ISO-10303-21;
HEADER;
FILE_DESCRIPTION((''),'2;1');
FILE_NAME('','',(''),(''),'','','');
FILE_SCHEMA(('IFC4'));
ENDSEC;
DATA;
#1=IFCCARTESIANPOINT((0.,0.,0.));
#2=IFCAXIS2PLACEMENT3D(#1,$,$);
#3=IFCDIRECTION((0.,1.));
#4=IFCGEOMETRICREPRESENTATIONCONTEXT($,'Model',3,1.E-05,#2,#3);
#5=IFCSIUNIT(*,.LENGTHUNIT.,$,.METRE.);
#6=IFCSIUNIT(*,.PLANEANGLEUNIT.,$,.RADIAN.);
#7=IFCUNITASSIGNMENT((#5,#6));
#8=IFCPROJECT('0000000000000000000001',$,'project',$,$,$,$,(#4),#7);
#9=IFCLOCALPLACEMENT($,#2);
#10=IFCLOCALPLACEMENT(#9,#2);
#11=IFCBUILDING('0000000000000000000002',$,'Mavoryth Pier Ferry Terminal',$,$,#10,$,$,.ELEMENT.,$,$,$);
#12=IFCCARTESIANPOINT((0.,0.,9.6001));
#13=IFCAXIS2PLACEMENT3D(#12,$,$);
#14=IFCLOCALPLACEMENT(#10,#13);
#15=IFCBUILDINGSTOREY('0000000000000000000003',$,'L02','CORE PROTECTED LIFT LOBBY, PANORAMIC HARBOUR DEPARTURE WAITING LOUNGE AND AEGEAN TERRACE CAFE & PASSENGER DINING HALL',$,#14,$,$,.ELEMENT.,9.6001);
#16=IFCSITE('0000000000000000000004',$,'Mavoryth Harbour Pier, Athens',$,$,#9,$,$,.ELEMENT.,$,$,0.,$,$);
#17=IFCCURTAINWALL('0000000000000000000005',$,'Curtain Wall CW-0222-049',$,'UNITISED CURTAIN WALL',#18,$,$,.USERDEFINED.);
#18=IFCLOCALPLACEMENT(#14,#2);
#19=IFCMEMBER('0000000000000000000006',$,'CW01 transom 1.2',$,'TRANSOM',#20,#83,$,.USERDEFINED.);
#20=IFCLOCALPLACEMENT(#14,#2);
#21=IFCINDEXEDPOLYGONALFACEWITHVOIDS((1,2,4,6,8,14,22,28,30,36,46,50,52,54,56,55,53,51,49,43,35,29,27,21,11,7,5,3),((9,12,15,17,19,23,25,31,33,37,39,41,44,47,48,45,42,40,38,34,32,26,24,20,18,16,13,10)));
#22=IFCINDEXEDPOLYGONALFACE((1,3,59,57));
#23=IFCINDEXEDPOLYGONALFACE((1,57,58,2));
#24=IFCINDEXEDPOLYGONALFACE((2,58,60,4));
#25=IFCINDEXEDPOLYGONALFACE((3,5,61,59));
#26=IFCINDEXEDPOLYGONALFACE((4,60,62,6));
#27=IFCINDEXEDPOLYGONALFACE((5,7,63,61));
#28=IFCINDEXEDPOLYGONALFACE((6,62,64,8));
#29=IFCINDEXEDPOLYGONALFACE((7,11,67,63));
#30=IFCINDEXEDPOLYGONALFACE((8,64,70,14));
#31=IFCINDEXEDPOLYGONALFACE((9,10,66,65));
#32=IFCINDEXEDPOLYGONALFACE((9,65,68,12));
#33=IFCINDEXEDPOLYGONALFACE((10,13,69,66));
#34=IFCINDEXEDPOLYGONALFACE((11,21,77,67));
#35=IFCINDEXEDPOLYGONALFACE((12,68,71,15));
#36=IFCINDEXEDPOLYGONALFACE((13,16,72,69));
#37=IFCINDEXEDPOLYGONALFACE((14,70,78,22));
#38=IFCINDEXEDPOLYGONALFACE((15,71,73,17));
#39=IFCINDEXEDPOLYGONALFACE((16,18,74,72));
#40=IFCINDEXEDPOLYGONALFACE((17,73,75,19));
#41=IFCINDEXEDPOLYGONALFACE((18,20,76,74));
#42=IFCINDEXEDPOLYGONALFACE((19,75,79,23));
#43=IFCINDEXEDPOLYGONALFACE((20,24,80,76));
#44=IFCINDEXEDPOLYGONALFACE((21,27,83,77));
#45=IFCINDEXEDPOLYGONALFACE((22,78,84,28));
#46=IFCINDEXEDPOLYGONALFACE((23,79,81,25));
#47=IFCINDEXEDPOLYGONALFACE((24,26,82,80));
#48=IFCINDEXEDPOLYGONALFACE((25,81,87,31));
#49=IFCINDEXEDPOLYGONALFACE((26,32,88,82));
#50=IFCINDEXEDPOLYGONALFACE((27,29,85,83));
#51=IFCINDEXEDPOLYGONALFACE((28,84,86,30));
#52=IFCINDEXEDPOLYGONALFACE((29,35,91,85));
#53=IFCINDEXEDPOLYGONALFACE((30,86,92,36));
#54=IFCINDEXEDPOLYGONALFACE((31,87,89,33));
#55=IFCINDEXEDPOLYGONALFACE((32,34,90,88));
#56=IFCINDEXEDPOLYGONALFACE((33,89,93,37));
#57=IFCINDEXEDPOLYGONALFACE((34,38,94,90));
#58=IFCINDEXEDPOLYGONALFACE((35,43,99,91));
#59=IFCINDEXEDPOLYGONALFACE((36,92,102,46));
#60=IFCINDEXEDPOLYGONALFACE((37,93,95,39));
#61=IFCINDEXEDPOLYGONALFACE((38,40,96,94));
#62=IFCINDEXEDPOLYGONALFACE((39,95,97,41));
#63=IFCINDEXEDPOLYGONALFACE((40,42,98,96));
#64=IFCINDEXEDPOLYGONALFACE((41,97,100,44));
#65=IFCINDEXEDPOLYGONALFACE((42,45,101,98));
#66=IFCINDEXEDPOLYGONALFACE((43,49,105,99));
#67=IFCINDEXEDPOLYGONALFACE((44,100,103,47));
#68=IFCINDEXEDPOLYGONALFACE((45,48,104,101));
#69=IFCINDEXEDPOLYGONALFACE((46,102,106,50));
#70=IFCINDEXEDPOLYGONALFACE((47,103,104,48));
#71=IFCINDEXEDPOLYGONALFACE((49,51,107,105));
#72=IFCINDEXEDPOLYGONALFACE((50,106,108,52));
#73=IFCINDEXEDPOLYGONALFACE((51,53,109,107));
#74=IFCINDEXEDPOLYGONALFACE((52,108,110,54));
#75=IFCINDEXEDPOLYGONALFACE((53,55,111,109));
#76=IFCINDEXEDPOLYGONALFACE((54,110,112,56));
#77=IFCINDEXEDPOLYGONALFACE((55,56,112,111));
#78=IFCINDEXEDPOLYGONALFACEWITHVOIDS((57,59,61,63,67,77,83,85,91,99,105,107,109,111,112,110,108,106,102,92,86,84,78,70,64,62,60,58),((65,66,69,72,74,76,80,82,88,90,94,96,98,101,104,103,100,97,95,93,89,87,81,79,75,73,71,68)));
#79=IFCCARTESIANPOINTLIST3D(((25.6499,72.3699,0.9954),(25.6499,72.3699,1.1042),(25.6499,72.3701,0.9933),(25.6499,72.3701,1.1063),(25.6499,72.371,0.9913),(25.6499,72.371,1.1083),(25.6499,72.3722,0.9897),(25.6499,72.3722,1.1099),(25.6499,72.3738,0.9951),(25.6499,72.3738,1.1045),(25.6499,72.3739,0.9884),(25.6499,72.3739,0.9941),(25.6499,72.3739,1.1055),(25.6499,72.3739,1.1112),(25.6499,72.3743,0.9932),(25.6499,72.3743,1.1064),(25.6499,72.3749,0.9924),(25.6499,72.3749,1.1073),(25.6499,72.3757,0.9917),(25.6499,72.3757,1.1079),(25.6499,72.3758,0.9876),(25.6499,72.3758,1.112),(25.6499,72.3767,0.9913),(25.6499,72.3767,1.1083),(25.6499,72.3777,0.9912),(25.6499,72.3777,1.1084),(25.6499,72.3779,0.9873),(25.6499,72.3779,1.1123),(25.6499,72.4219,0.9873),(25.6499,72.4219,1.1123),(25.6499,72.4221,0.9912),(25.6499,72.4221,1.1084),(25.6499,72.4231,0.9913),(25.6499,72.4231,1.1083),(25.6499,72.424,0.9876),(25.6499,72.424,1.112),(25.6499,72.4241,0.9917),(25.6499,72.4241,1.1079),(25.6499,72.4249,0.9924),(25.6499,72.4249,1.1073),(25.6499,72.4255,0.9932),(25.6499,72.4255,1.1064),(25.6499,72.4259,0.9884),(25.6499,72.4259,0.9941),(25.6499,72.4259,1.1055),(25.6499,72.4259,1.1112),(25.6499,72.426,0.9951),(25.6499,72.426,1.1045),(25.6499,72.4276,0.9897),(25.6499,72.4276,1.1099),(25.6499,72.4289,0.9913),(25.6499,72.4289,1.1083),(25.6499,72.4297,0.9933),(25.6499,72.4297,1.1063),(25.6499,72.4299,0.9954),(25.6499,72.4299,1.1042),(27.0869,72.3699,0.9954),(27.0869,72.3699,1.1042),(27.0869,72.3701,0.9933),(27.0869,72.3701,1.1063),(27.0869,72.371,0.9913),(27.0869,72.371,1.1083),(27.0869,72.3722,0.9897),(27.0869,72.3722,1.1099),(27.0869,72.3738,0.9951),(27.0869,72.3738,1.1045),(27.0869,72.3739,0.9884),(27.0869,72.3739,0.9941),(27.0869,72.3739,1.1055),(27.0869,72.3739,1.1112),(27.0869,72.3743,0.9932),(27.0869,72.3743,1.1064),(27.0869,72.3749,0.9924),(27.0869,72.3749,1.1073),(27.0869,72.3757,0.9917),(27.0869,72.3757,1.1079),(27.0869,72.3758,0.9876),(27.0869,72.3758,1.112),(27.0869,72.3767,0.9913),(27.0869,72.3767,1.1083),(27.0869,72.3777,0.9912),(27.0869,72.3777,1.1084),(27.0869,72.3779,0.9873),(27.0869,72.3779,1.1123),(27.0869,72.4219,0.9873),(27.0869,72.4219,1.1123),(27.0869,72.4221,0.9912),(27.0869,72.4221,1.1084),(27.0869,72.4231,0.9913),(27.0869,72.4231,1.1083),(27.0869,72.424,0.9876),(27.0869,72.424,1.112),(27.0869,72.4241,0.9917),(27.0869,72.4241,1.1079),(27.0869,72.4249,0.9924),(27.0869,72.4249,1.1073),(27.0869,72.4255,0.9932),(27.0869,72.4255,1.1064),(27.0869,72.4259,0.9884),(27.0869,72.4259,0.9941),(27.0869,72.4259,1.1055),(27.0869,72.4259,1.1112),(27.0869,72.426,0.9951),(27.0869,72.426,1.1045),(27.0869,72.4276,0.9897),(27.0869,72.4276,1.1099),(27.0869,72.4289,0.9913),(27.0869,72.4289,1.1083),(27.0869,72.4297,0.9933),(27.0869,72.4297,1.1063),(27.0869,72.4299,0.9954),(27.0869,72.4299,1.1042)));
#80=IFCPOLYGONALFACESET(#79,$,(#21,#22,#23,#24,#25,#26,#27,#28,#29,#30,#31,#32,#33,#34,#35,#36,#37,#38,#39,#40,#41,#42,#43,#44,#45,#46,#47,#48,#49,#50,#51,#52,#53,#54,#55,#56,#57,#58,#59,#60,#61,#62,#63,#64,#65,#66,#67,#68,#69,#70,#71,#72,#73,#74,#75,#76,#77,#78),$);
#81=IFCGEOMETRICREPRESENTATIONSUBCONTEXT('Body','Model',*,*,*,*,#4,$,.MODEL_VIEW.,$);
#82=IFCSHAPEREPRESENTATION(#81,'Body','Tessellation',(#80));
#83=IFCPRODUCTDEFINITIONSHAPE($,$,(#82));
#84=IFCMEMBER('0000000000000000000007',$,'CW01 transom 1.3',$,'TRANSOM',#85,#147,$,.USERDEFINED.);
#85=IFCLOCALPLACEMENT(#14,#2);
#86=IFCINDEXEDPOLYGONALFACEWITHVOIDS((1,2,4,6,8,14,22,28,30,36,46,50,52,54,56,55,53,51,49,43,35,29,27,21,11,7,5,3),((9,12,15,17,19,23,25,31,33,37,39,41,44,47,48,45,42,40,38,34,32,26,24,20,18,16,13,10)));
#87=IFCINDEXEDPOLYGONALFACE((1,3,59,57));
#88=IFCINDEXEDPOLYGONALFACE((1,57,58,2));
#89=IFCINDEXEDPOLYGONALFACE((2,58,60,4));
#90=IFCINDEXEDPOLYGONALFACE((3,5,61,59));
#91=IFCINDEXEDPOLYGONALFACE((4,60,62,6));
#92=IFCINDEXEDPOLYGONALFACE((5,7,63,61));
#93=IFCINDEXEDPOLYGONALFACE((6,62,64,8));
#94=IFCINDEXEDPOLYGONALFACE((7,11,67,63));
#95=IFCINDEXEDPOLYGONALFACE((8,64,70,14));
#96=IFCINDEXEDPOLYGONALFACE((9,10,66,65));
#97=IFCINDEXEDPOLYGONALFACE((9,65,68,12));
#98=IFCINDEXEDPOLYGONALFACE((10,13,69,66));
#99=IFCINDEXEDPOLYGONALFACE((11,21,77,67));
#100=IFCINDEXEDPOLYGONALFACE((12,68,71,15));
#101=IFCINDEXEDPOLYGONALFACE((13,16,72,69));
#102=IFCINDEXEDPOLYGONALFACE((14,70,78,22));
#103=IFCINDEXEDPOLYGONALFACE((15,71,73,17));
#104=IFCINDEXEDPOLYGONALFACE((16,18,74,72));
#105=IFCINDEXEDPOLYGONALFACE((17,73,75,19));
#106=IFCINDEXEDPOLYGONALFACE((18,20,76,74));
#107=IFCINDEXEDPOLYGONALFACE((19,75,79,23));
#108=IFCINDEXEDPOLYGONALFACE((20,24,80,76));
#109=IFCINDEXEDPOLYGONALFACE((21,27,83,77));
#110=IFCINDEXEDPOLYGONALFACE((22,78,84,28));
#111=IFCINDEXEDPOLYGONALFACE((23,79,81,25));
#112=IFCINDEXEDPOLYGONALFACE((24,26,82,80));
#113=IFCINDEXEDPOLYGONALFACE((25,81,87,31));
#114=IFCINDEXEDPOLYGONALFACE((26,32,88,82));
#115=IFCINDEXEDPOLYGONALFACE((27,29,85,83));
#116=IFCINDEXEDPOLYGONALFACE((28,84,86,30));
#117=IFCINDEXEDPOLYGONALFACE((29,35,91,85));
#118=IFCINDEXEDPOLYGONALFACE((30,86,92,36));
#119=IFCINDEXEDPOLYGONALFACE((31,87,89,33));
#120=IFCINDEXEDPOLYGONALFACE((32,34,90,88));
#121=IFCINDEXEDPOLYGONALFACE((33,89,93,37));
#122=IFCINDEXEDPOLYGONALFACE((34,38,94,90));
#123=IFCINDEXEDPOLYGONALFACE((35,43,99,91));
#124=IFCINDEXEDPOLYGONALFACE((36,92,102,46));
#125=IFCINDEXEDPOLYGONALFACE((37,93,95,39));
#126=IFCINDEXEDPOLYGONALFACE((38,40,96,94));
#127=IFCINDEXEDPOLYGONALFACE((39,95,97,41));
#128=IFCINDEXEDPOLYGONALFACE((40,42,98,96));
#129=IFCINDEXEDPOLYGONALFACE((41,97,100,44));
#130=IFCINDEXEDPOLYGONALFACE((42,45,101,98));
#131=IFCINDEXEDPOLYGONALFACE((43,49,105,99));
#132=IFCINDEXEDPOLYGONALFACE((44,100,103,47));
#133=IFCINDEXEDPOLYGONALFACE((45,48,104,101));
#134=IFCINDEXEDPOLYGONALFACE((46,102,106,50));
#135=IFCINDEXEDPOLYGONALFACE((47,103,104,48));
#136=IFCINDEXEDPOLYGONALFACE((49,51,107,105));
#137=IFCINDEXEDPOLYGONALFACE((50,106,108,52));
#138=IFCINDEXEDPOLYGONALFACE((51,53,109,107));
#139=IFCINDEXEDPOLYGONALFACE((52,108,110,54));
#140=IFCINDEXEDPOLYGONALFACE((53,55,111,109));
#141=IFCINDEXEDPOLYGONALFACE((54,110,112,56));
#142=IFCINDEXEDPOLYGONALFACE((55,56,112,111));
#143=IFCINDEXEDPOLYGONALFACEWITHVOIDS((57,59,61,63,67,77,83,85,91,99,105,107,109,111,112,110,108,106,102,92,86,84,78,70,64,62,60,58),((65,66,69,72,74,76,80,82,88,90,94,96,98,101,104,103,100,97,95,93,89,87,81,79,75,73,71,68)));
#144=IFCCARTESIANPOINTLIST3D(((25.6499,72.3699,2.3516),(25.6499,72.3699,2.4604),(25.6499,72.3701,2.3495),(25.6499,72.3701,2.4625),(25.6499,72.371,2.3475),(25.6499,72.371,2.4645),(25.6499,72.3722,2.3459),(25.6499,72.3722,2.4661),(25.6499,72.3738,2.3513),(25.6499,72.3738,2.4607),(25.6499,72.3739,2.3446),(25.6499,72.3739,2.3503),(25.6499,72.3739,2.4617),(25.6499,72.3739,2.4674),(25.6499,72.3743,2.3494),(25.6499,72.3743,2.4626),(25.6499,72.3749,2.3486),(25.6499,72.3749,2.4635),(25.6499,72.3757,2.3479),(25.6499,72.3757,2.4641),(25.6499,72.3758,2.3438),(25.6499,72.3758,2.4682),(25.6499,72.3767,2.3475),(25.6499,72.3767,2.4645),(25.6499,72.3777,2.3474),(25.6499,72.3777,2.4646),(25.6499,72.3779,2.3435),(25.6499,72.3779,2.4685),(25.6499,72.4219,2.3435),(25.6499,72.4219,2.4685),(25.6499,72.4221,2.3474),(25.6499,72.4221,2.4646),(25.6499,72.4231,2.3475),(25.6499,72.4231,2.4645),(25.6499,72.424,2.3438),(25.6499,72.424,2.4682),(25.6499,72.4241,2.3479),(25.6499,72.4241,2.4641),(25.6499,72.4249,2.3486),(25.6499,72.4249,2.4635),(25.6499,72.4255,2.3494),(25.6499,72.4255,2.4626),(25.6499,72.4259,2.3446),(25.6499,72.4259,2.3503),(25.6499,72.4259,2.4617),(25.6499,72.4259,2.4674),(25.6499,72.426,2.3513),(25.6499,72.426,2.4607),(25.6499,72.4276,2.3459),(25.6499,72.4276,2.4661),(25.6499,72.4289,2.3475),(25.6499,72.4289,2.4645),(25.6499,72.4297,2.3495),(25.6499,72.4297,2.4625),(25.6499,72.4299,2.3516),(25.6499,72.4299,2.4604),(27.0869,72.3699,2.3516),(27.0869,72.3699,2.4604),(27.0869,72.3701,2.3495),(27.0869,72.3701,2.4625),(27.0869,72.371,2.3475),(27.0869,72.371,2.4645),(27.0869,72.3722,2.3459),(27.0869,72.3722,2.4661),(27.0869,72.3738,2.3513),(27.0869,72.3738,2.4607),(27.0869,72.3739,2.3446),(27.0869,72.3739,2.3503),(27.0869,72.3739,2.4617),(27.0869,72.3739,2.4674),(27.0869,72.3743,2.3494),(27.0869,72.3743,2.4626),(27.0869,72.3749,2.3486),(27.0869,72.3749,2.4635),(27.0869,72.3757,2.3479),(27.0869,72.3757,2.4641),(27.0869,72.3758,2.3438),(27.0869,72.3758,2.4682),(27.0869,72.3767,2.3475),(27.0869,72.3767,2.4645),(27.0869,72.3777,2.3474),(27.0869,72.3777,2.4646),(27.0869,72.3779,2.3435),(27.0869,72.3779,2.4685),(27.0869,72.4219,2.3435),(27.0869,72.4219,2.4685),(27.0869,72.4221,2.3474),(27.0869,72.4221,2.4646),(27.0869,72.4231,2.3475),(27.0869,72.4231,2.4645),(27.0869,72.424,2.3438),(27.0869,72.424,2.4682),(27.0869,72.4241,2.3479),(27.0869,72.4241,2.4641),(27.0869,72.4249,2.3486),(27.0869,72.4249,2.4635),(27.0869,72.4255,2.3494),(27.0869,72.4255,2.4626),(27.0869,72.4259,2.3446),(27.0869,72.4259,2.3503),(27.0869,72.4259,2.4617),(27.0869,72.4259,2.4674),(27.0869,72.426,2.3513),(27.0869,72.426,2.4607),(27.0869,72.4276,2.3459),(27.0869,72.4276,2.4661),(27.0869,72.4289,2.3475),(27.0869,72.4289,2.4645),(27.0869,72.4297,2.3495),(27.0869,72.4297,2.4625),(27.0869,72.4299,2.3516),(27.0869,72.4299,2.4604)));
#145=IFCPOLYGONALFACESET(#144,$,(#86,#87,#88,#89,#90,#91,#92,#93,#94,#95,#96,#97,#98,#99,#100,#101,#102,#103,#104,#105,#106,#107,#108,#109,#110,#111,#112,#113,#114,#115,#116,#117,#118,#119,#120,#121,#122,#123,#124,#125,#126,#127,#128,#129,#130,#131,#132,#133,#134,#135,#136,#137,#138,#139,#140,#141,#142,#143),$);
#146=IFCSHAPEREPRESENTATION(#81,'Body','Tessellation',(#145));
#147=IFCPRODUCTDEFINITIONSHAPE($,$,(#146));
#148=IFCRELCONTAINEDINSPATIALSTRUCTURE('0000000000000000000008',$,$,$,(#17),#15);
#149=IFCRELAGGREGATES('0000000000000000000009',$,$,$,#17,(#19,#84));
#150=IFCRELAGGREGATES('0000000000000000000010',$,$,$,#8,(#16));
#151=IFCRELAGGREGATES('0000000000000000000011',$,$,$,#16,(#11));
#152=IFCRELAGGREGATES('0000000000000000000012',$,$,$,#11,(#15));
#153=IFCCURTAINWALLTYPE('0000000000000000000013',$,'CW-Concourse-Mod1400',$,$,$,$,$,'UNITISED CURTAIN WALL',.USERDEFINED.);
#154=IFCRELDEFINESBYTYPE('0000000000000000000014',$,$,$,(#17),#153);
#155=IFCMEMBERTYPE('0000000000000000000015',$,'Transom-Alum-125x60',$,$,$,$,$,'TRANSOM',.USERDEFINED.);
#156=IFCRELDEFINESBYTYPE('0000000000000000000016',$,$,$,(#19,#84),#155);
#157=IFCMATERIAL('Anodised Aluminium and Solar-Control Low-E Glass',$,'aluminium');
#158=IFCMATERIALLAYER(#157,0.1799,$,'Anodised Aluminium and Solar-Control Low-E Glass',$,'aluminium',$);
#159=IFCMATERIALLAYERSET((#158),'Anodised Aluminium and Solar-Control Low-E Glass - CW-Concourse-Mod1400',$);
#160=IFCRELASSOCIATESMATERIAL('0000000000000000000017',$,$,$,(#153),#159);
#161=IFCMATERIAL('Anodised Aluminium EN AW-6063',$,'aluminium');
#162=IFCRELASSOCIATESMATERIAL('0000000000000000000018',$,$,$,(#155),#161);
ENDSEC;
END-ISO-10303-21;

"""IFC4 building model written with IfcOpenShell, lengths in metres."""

from ifc_helpers import new_model, si_unit, direction, frame, origin, origin_2d, place, context, subcontext, project, spatial, hollow_rectangle, extrude, material, layer, layer_set, material_profile, profile_set, type_object, element, aggregate, save


model = new_model("IFC4")

# Units and contexts
model_context = context("Model", 3, precision=1e-05, world=origin(), true_north=direction((0.0, 1.0)))
body_context = subcontext(model_context, "Body", "Model", "MODEL_VIEW")
ifc_project = project(units=[si_unit("LENGTHUNIT", "METRE"), si_unit("PLANEANGLEUNIT", "RADIAN")], contexts=[model_context])

# Site, building, storey
site_placement = place(None, origin())
site = spatial("IfcSite", under=ifc_project, at=site_placement, Name="Mavoryth Harbour Pier, Athens", CompositionType="ELEMENT", RefElevation=0.0)
building_placement = place(site_placement, origin())
building = spatial("IfcBuilding", under=site, at=building_placement, Name="Mavoryth Pier Ferry Terminal", CompositionType="ELEMENT")
storey_placement = place(building_placement, frame((0.0, 0.0, 9.6001)))
storey = spatial("IfcBuildingStorey", under=building, at=storey_placement, Name="L02", Description="CORE PROTECTED LIFT LOBBY, PANORAMIC HARBOUR DEPARTURE WAITING LOUNGE AND AEGEAN TERRACE CAFE & PASSENGER DINING HALL", CompositionType="ELEMENT", Elevation=9.6001)

# Shared definitions
ifc_material_1 = material(Name="Anodised Aluminium and Solar-Control Low-E Glass", Category="aluminium")
ifc_layer_1 = layer(ifc_material_1, 0.1799, Name="Anodised Aluminium and Solar-Control Low-E Glass", Category="aluminium")
ifc_layer_set_1 = layer_set([ifc_layer_1], Name="Anodised Aluminium and Solar-Control Low-E Glass - CW-Concourse-Mod1400")
curtain_wall_type = type_object("IfcCurtainWallType", Name="CW-Concourse-Mod1400", ElementType="UNITISED CURTAIN WALL", PredefinedType="USERDEFINED", material=ifc_layer_set_1)
ifc_material_2 = material(Name="Anodised Aluminium EN AW-6063", Category="aluminium")

# Curtain wall
curtain_wall_1_placement = place(storey_placement, origin())
curtain_wall_1 = element("IfcCurtainWall", 1, at=curtain_wall_1_placement, inside=storey, type_object=curtain_wall_type, Name="Curtain Wall CW-0222-049", ObjectType="UNITISED CURTAIN WALL", PredefinedType="USERDEFINED")

# Members
ifc_material_profile_1 = material_profile(ifc_material_2, hollow_rectangle(XDim=0.0601, YDim=0.125, WallThickness=0.0039, InnerFilletRadius=0.0039, OuterFilletRadius=0.0081, at=origin_2d()), Name="AL-TRAN 125x60x4", Category="aluminium")
ifc_profile_set_1 = profile_set([ifc_material_profile_1], Name="Anodised Aluminium EN AW-6063 - AL-TRAN 125x60x4")
member_type_1 = type_object("IfcMemberType", Name="Transom-Alum-125x60", ElementType="TRANSOM", PredefinedType="USERDEFINED", material=ifc_profile_set_1)
member_1_placement = place(storey_placement, frame((25.6499, 72.3999, 1.0498), z_axis=(1.0, 0.0, 0.0), x_axis=(0.0, 1.0, 0.0)))
member_1 = element("IfcMember", 2, at=member_1_placement, type_object=member_type_1, Name="CW01 transom 1.2", ObjectType="TRANSOM", PredefinedType="USERDEFINED", context=body_context, shape_type="SweptSolid", body=[
    extrude(hollow_rectangle(XDim=0.0601, YDim=0.125, WallThickness=0.0039, InnerFilletRadius=0.0039, OuterFilletRadius=0.0081, at=origin_2d()), origin(), (0.0, 0.0, 1.0), 1.437),
])
member_2_placement = place(storey_placement, frame((25.6499, 72.3999, 2.406), z_axis=(1.0, 0.0, 0.0), x_axis=(0.0, 1.0, 0.0)))
member_2 = element("IfcMember", 3, at=member_2_placement, type_object=member_type_1, Name="CW01 transom 1.3", ObjectType="TRANSOM", PredefinedType="USERDEFINED", context=body_context, shape_type="SweptSolid", body=[
    extrude(hollow_rectangle(XDim=0.0601, YDim=0.125, WallThickness=0.0039, InnerFilletRadius=0.0039, OuterFilletRadius=0.0081, at=origin_2d()), origin(), (0.0, 0.0, 1.0), 1.437),
])

aggregate(curtain_wall_1, [member_1, member_2])

save(model, "model.ifc")
